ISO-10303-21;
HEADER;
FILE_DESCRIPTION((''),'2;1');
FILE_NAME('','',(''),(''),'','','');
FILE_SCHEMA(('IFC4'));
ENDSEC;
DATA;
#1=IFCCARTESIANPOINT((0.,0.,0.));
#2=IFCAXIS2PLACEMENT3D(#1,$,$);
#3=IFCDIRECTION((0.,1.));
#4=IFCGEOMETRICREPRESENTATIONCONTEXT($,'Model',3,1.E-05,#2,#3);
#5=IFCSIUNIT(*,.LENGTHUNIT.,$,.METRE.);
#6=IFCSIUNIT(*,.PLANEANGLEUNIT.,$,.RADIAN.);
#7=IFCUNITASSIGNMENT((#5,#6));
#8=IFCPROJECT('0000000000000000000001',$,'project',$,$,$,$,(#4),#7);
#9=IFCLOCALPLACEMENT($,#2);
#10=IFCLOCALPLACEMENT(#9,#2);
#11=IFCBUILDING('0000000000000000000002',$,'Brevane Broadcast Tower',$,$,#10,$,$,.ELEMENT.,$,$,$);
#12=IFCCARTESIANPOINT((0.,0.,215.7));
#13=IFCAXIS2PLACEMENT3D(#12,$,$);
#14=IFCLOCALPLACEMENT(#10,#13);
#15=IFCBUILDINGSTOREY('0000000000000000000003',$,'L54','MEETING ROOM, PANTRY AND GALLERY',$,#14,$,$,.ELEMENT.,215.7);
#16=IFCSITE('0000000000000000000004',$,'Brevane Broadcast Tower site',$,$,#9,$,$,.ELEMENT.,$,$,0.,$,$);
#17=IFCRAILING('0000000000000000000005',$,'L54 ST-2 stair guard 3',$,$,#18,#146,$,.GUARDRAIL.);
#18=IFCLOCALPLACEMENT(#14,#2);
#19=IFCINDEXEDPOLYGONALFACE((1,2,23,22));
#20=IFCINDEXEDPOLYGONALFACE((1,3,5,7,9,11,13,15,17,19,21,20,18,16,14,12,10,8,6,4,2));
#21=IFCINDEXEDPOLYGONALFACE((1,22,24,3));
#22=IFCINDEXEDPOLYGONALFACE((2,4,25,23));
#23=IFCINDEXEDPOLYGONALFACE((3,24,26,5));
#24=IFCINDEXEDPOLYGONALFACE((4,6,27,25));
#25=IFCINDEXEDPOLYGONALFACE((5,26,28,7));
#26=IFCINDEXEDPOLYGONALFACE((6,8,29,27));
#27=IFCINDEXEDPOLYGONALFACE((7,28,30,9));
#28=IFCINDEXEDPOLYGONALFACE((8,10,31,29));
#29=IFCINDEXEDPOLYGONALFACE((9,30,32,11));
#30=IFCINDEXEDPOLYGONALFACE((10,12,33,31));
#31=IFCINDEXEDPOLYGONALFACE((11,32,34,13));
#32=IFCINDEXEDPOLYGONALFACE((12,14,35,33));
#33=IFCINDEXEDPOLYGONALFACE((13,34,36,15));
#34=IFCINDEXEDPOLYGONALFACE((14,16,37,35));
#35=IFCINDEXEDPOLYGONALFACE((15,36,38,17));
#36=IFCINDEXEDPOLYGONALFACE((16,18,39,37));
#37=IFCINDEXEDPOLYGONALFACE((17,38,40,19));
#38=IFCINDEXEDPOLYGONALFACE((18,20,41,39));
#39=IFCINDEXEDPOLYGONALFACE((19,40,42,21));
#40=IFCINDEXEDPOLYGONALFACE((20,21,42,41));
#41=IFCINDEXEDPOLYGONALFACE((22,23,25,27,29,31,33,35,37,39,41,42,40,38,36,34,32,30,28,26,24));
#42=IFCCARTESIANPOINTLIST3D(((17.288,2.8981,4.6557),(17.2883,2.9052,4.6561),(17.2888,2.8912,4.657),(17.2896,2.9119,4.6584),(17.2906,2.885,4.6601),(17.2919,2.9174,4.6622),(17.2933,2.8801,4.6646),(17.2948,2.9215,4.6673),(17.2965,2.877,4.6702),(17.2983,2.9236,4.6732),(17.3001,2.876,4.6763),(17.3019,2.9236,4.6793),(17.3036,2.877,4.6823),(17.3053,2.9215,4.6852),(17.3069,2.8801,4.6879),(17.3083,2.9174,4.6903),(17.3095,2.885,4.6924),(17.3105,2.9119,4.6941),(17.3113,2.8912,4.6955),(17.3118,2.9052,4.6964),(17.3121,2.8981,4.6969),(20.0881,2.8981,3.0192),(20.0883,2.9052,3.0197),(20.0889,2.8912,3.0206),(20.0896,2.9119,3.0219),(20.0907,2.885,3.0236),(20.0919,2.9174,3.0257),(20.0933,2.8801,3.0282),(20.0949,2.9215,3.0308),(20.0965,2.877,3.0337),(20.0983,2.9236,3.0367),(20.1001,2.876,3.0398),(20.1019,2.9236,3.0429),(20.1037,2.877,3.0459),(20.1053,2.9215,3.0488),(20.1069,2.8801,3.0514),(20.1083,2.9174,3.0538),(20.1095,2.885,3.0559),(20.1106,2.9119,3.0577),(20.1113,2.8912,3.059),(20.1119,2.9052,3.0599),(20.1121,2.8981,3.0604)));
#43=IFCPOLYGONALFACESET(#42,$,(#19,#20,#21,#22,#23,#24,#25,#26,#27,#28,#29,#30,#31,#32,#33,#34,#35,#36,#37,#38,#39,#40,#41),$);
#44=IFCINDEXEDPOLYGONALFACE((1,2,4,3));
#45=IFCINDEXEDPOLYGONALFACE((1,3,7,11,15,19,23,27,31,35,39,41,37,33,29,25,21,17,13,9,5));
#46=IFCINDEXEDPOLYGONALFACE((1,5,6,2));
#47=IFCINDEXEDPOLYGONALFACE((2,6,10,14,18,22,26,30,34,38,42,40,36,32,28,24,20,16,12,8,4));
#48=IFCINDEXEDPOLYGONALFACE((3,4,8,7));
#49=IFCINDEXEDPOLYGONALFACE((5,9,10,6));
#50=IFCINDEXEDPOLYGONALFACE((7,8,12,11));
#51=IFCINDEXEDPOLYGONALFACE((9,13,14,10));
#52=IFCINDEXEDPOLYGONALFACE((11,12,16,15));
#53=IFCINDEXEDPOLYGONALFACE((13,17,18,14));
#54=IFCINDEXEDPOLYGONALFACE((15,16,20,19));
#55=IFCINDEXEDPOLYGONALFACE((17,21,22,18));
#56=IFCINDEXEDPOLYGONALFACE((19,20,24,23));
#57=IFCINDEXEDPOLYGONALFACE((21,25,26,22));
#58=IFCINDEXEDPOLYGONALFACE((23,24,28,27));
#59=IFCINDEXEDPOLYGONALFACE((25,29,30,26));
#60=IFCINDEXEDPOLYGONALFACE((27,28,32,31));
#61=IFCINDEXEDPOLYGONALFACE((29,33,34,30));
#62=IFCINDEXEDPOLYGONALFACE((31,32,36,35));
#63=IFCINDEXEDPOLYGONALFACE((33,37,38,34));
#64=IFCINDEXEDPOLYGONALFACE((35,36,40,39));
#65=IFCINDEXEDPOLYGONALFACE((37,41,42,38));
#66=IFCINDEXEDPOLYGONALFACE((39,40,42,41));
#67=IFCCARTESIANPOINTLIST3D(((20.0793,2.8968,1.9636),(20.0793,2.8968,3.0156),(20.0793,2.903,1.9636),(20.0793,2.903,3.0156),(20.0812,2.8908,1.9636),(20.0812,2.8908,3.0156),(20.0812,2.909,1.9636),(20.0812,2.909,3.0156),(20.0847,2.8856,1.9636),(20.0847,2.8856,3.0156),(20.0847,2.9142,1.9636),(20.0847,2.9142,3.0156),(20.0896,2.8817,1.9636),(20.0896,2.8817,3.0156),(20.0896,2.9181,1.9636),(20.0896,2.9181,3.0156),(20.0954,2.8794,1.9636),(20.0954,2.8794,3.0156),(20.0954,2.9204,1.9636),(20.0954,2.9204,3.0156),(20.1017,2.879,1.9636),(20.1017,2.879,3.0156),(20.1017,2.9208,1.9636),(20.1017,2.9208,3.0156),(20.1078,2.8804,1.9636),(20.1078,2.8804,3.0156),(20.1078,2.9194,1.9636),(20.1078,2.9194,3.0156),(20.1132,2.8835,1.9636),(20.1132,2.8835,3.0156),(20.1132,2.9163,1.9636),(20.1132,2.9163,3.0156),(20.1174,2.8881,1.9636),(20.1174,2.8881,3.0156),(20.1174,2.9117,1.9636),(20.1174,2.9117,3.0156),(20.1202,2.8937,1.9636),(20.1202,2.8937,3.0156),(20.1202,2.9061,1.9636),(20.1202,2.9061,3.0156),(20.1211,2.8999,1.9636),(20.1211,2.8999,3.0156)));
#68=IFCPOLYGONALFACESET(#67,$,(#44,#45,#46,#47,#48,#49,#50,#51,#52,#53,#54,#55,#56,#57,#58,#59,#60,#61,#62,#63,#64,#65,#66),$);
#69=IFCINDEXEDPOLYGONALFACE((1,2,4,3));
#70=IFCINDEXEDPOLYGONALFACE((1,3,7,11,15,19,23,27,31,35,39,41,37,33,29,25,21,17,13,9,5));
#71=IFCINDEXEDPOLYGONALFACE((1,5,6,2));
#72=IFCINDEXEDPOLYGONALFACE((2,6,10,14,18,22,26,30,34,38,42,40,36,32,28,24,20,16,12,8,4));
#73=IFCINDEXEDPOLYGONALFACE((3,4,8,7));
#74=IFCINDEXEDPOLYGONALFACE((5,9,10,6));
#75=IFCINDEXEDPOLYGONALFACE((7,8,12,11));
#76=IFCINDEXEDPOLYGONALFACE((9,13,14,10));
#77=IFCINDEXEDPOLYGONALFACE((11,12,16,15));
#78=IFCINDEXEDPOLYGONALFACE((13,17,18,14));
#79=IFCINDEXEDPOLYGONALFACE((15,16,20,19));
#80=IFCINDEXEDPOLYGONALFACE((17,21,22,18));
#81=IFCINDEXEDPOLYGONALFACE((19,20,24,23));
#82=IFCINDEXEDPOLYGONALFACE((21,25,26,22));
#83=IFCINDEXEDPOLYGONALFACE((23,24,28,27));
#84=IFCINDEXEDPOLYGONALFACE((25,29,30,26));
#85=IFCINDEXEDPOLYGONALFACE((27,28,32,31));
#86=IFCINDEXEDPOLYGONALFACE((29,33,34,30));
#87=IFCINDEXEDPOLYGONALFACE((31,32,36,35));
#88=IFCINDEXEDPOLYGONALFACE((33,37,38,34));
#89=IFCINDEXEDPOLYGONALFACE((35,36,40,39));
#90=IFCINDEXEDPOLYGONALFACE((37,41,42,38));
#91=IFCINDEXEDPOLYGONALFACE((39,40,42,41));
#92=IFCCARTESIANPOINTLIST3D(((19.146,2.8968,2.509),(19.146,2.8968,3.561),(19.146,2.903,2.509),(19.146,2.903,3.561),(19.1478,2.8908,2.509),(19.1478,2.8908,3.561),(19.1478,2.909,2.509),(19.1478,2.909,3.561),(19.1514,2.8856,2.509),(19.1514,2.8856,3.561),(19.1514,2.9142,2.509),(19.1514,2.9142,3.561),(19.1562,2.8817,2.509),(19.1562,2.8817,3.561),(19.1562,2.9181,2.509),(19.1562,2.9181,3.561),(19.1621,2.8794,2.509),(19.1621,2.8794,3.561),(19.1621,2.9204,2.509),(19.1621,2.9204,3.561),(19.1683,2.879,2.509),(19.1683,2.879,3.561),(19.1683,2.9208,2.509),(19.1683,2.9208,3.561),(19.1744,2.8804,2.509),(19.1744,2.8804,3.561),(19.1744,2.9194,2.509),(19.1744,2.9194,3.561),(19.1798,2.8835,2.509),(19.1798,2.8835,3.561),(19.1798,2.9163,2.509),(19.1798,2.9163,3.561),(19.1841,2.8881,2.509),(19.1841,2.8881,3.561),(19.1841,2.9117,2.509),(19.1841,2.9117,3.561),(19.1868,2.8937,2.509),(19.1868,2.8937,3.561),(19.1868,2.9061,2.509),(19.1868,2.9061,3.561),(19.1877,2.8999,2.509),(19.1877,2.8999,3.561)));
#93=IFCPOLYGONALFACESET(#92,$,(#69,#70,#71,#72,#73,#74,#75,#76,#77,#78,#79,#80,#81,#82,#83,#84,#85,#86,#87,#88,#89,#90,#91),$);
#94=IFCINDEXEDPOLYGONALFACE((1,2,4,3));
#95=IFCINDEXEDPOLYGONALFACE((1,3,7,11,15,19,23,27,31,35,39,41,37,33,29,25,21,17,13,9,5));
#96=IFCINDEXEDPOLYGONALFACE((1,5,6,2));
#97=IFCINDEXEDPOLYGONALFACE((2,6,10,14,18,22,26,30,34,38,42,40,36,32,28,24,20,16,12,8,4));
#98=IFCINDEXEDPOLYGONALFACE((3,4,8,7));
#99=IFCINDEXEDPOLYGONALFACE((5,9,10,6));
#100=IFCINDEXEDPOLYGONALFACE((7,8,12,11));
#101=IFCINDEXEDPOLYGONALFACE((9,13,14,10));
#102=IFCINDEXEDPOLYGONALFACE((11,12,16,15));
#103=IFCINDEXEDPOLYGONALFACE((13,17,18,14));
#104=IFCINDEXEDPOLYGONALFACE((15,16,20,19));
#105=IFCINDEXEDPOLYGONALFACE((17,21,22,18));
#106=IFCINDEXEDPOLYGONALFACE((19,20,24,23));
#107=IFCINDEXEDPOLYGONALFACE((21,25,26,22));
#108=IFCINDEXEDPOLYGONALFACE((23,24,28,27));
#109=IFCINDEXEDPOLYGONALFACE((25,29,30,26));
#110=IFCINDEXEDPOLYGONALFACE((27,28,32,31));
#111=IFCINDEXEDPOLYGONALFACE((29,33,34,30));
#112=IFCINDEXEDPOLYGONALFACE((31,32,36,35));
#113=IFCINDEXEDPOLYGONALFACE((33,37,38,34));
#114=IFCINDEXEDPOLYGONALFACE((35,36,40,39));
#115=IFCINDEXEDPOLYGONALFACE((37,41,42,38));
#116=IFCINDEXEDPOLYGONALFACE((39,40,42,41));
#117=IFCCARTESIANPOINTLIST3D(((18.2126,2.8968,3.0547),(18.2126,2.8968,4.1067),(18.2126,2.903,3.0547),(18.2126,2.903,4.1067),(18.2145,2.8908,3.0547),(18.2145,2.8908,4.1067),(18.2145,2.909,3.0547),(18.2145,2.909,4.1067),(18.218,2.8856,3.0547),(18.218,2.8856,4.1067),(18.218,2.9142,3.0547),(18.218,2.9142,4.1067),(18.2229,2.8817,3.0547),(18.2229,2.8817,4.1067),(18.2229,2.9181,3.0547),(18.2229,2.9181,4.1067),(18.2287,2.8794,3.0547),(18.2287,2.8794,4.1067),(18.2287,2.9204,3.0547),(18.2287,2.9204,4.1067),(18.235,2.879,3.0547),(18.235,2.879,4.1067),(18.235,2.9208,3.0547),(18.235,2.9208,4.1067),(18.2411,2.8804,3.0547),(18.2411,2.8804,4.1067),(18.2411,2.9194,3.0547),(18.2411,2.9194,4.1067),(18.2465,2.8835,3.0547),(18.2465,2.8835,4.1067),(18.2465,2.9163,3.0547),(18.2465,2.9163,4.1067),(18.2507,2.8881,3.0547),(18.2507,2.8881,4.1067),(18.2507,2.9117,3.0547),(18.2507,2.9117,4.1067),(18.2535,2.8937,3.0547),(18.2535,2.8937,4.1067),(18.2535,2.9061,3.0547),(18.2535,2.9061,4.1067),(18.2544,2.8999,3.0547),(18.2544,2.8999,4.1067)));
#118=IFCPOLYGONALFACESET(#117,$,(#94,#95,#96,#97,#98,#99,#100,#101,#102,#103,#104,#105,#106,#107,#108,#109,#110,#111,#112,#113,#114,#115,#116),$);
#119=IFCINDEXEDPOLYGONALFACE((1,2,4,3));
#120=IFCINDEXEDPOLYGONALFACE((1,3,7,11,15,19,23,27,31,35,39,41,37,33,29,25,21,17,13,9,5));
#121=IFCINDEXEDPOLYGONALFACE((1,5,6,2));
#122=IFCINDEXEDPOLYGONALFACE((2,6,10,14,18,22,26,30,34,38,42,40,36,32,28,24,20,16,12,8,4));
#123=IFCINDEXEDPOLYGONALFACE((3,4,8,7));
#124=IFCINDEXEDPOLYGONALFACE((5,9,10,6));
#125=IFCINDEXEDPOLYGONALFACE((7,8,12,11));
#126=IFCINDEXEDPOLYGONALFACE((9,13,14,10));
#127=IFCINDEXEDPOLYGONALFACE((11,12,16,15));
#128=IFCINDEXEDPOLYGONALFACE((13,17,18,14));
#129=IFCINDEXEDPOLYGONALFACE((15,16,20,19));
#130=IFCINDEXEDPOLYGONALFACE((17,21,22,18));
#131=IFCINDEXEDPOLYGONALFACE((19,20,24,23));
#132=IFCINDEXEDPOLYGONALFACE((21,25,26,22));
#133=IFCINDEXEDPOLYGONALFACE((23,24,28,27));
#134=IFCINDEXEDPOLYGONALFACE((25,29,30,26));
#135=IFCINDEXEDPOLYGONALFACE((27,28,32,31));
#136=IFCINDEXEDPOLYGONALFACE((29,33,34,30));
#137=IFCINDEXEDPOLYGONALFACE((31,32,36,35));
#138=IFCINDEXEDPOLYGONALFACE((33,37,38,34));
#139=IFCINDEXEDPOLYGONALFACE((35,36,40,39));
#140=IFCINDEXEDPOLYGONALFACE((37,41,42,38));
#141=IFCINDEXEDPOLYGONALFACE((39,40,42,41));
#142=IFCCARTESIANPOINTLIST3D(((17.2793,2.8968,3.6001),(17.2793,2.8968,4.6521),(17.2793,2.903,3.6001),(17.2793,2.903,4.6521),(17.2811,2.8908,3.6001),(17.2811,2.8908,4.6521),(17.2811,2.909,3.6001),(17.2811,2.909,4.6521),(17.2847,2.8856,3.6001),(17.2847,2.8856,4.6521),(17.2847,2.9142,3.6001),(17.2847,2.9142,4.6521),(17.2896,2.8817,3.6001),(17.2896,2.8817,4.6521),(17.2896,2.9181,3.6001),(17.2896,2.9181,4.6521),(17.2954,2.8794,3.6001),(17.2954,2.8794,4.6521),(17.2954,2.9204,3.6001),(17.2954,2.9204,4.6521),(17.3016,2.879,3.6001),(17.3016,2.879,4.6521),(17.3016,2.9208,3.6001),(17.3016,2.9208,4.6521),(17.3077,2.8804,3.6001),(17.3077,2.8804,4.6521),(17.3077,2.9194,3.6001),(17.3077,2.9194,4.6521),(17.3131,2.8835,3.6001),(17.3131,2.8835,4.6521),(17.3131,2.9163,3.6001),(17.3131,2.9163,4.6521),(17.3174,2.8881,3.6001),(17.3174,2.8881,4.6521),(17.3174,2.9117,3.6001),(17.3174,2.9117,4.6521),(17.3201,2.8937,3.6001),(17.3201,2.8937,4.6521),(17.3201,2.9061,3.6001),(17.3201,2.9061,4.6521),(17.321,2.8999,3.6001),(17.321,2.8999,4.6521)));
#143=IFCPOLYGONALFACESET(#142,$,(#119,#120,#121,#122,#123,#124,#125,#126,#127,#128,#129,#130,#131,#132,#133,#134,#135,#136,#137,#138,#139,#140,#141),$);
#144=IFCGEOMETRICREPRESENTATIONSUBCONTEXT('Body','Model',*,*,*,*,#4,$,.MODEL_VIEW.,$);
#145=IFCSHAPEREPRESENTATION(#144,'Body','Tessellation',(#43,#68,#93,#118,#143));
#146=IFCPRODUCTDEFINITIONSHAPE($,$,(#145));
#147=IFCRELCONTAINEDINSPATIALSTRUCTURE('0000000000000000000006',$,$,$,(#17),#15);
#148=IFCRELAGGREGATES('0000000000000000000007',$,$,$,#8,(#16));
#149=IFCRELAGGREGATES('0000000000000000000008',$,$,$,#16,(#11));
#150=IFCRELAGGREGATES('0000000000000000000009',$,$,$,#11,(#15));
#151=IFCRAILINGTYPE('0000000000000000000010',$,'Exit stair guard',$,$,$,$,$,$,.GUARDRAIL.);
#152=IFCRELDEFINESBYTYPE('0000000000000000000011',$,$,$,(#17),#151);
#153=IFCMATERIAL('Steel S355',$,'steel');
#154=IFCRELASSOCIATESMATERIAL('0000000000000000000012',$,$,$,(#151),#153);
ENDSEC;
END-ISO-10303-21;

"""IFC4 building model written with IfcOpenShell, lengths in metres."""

from ifc_helpers import new_model, si_unit, direction, frame, origin, origin_2d, place, context, subcontext, project, spatial, circle, extrude, material, type_object, element, save


model = new_model("IFC4")

# Units and contexts
model_context = context("Model", 3, precision=1e-05, world=origin(), true_north=direction((0.0, 1.0)))
body_context = subcontext(model_context, "Body", "Model", "MODEL_VIEW")
ifc_project = project(units=[si_unit("LENGTHUNIT", "METRE"), si_unit("PLANEANGLEUNIT", "RADIAN")], contexts=[model_context])

# Site, building, storey
site_placement = place(None, origin())
site = spatial("IfcSite", under=ifc_project, at=site_placement, Name="Brevane Broadcast Tower site", CompositionType="ELEMENT", RefElevation=0.0)
building_placement = place(site_placement, origin())
building = spatial("IfcBuilding", under=site, at=building_placement, Name="Brevane Broadcast Tower", CompositionType="ELEMENT")
storey_placement = place(building_placement, frame((0.0, 0.0, 215.7)))
storey = spatial("IfcBuildingStorey", under=building, at=storey_placement, Name="L54", Description="MEETING ROOM, PANTRY AND GALLERY", CompositionType="ELEMENT", Elevation=215.7)

# Railing
ifc_material_1 = material(Name="Steel S355", Category="steel")
railing_type_1 = type_object("IfcRailingType", Name="Exit stair guard", PredefinedType="GUARDRAIL", material=ifc_material_1)
railing_1_placement = place(storey_placement, frame((20.1001, 2.8999, 1.9636)))
element("IfcRailing", 1, at=railing_1_placement, inside=storey, type_object=railing_type_1, Name="L54 ST-2 stair guard 3", PredefinedType="GUARDRAIL", context=body_context, shape_type="SweptSolid", body=[
    extrude(circle(Radius=0.0239, at=origin_2d()), frame((0.0, 0.0, 1.0762), z_axis=(-0.863361, 0.0, 0.504587), x_axis=(0.0, -1.0, 0.0)), (0.0, 0.0, 1.0), 3.2432),
    extrude(circle(Radius=0.021, at=origin_2d()), origin(), (0.0, 0.0, 1.0), 1.052),
    extrude(circle(Radius=0.021, at=origin_2d()), frame((-0.9333, 0.0, 0.5454)), (0.0, 0.0, 1.0), 1.052),
    extrude(circle(Radius=0.021, at=origin_2d()), frame((-1.8667, 0.0, 1.0911)), (0.0, 0.0, 1.0), 1.052),
    extrude(circle(Radius=0.021, at=origin_2d()), frame((-2.8, 0.0, 1.6365)), (0.0, 0.0, 1.0), 1.052),
])

save(model, "model.ifc")
